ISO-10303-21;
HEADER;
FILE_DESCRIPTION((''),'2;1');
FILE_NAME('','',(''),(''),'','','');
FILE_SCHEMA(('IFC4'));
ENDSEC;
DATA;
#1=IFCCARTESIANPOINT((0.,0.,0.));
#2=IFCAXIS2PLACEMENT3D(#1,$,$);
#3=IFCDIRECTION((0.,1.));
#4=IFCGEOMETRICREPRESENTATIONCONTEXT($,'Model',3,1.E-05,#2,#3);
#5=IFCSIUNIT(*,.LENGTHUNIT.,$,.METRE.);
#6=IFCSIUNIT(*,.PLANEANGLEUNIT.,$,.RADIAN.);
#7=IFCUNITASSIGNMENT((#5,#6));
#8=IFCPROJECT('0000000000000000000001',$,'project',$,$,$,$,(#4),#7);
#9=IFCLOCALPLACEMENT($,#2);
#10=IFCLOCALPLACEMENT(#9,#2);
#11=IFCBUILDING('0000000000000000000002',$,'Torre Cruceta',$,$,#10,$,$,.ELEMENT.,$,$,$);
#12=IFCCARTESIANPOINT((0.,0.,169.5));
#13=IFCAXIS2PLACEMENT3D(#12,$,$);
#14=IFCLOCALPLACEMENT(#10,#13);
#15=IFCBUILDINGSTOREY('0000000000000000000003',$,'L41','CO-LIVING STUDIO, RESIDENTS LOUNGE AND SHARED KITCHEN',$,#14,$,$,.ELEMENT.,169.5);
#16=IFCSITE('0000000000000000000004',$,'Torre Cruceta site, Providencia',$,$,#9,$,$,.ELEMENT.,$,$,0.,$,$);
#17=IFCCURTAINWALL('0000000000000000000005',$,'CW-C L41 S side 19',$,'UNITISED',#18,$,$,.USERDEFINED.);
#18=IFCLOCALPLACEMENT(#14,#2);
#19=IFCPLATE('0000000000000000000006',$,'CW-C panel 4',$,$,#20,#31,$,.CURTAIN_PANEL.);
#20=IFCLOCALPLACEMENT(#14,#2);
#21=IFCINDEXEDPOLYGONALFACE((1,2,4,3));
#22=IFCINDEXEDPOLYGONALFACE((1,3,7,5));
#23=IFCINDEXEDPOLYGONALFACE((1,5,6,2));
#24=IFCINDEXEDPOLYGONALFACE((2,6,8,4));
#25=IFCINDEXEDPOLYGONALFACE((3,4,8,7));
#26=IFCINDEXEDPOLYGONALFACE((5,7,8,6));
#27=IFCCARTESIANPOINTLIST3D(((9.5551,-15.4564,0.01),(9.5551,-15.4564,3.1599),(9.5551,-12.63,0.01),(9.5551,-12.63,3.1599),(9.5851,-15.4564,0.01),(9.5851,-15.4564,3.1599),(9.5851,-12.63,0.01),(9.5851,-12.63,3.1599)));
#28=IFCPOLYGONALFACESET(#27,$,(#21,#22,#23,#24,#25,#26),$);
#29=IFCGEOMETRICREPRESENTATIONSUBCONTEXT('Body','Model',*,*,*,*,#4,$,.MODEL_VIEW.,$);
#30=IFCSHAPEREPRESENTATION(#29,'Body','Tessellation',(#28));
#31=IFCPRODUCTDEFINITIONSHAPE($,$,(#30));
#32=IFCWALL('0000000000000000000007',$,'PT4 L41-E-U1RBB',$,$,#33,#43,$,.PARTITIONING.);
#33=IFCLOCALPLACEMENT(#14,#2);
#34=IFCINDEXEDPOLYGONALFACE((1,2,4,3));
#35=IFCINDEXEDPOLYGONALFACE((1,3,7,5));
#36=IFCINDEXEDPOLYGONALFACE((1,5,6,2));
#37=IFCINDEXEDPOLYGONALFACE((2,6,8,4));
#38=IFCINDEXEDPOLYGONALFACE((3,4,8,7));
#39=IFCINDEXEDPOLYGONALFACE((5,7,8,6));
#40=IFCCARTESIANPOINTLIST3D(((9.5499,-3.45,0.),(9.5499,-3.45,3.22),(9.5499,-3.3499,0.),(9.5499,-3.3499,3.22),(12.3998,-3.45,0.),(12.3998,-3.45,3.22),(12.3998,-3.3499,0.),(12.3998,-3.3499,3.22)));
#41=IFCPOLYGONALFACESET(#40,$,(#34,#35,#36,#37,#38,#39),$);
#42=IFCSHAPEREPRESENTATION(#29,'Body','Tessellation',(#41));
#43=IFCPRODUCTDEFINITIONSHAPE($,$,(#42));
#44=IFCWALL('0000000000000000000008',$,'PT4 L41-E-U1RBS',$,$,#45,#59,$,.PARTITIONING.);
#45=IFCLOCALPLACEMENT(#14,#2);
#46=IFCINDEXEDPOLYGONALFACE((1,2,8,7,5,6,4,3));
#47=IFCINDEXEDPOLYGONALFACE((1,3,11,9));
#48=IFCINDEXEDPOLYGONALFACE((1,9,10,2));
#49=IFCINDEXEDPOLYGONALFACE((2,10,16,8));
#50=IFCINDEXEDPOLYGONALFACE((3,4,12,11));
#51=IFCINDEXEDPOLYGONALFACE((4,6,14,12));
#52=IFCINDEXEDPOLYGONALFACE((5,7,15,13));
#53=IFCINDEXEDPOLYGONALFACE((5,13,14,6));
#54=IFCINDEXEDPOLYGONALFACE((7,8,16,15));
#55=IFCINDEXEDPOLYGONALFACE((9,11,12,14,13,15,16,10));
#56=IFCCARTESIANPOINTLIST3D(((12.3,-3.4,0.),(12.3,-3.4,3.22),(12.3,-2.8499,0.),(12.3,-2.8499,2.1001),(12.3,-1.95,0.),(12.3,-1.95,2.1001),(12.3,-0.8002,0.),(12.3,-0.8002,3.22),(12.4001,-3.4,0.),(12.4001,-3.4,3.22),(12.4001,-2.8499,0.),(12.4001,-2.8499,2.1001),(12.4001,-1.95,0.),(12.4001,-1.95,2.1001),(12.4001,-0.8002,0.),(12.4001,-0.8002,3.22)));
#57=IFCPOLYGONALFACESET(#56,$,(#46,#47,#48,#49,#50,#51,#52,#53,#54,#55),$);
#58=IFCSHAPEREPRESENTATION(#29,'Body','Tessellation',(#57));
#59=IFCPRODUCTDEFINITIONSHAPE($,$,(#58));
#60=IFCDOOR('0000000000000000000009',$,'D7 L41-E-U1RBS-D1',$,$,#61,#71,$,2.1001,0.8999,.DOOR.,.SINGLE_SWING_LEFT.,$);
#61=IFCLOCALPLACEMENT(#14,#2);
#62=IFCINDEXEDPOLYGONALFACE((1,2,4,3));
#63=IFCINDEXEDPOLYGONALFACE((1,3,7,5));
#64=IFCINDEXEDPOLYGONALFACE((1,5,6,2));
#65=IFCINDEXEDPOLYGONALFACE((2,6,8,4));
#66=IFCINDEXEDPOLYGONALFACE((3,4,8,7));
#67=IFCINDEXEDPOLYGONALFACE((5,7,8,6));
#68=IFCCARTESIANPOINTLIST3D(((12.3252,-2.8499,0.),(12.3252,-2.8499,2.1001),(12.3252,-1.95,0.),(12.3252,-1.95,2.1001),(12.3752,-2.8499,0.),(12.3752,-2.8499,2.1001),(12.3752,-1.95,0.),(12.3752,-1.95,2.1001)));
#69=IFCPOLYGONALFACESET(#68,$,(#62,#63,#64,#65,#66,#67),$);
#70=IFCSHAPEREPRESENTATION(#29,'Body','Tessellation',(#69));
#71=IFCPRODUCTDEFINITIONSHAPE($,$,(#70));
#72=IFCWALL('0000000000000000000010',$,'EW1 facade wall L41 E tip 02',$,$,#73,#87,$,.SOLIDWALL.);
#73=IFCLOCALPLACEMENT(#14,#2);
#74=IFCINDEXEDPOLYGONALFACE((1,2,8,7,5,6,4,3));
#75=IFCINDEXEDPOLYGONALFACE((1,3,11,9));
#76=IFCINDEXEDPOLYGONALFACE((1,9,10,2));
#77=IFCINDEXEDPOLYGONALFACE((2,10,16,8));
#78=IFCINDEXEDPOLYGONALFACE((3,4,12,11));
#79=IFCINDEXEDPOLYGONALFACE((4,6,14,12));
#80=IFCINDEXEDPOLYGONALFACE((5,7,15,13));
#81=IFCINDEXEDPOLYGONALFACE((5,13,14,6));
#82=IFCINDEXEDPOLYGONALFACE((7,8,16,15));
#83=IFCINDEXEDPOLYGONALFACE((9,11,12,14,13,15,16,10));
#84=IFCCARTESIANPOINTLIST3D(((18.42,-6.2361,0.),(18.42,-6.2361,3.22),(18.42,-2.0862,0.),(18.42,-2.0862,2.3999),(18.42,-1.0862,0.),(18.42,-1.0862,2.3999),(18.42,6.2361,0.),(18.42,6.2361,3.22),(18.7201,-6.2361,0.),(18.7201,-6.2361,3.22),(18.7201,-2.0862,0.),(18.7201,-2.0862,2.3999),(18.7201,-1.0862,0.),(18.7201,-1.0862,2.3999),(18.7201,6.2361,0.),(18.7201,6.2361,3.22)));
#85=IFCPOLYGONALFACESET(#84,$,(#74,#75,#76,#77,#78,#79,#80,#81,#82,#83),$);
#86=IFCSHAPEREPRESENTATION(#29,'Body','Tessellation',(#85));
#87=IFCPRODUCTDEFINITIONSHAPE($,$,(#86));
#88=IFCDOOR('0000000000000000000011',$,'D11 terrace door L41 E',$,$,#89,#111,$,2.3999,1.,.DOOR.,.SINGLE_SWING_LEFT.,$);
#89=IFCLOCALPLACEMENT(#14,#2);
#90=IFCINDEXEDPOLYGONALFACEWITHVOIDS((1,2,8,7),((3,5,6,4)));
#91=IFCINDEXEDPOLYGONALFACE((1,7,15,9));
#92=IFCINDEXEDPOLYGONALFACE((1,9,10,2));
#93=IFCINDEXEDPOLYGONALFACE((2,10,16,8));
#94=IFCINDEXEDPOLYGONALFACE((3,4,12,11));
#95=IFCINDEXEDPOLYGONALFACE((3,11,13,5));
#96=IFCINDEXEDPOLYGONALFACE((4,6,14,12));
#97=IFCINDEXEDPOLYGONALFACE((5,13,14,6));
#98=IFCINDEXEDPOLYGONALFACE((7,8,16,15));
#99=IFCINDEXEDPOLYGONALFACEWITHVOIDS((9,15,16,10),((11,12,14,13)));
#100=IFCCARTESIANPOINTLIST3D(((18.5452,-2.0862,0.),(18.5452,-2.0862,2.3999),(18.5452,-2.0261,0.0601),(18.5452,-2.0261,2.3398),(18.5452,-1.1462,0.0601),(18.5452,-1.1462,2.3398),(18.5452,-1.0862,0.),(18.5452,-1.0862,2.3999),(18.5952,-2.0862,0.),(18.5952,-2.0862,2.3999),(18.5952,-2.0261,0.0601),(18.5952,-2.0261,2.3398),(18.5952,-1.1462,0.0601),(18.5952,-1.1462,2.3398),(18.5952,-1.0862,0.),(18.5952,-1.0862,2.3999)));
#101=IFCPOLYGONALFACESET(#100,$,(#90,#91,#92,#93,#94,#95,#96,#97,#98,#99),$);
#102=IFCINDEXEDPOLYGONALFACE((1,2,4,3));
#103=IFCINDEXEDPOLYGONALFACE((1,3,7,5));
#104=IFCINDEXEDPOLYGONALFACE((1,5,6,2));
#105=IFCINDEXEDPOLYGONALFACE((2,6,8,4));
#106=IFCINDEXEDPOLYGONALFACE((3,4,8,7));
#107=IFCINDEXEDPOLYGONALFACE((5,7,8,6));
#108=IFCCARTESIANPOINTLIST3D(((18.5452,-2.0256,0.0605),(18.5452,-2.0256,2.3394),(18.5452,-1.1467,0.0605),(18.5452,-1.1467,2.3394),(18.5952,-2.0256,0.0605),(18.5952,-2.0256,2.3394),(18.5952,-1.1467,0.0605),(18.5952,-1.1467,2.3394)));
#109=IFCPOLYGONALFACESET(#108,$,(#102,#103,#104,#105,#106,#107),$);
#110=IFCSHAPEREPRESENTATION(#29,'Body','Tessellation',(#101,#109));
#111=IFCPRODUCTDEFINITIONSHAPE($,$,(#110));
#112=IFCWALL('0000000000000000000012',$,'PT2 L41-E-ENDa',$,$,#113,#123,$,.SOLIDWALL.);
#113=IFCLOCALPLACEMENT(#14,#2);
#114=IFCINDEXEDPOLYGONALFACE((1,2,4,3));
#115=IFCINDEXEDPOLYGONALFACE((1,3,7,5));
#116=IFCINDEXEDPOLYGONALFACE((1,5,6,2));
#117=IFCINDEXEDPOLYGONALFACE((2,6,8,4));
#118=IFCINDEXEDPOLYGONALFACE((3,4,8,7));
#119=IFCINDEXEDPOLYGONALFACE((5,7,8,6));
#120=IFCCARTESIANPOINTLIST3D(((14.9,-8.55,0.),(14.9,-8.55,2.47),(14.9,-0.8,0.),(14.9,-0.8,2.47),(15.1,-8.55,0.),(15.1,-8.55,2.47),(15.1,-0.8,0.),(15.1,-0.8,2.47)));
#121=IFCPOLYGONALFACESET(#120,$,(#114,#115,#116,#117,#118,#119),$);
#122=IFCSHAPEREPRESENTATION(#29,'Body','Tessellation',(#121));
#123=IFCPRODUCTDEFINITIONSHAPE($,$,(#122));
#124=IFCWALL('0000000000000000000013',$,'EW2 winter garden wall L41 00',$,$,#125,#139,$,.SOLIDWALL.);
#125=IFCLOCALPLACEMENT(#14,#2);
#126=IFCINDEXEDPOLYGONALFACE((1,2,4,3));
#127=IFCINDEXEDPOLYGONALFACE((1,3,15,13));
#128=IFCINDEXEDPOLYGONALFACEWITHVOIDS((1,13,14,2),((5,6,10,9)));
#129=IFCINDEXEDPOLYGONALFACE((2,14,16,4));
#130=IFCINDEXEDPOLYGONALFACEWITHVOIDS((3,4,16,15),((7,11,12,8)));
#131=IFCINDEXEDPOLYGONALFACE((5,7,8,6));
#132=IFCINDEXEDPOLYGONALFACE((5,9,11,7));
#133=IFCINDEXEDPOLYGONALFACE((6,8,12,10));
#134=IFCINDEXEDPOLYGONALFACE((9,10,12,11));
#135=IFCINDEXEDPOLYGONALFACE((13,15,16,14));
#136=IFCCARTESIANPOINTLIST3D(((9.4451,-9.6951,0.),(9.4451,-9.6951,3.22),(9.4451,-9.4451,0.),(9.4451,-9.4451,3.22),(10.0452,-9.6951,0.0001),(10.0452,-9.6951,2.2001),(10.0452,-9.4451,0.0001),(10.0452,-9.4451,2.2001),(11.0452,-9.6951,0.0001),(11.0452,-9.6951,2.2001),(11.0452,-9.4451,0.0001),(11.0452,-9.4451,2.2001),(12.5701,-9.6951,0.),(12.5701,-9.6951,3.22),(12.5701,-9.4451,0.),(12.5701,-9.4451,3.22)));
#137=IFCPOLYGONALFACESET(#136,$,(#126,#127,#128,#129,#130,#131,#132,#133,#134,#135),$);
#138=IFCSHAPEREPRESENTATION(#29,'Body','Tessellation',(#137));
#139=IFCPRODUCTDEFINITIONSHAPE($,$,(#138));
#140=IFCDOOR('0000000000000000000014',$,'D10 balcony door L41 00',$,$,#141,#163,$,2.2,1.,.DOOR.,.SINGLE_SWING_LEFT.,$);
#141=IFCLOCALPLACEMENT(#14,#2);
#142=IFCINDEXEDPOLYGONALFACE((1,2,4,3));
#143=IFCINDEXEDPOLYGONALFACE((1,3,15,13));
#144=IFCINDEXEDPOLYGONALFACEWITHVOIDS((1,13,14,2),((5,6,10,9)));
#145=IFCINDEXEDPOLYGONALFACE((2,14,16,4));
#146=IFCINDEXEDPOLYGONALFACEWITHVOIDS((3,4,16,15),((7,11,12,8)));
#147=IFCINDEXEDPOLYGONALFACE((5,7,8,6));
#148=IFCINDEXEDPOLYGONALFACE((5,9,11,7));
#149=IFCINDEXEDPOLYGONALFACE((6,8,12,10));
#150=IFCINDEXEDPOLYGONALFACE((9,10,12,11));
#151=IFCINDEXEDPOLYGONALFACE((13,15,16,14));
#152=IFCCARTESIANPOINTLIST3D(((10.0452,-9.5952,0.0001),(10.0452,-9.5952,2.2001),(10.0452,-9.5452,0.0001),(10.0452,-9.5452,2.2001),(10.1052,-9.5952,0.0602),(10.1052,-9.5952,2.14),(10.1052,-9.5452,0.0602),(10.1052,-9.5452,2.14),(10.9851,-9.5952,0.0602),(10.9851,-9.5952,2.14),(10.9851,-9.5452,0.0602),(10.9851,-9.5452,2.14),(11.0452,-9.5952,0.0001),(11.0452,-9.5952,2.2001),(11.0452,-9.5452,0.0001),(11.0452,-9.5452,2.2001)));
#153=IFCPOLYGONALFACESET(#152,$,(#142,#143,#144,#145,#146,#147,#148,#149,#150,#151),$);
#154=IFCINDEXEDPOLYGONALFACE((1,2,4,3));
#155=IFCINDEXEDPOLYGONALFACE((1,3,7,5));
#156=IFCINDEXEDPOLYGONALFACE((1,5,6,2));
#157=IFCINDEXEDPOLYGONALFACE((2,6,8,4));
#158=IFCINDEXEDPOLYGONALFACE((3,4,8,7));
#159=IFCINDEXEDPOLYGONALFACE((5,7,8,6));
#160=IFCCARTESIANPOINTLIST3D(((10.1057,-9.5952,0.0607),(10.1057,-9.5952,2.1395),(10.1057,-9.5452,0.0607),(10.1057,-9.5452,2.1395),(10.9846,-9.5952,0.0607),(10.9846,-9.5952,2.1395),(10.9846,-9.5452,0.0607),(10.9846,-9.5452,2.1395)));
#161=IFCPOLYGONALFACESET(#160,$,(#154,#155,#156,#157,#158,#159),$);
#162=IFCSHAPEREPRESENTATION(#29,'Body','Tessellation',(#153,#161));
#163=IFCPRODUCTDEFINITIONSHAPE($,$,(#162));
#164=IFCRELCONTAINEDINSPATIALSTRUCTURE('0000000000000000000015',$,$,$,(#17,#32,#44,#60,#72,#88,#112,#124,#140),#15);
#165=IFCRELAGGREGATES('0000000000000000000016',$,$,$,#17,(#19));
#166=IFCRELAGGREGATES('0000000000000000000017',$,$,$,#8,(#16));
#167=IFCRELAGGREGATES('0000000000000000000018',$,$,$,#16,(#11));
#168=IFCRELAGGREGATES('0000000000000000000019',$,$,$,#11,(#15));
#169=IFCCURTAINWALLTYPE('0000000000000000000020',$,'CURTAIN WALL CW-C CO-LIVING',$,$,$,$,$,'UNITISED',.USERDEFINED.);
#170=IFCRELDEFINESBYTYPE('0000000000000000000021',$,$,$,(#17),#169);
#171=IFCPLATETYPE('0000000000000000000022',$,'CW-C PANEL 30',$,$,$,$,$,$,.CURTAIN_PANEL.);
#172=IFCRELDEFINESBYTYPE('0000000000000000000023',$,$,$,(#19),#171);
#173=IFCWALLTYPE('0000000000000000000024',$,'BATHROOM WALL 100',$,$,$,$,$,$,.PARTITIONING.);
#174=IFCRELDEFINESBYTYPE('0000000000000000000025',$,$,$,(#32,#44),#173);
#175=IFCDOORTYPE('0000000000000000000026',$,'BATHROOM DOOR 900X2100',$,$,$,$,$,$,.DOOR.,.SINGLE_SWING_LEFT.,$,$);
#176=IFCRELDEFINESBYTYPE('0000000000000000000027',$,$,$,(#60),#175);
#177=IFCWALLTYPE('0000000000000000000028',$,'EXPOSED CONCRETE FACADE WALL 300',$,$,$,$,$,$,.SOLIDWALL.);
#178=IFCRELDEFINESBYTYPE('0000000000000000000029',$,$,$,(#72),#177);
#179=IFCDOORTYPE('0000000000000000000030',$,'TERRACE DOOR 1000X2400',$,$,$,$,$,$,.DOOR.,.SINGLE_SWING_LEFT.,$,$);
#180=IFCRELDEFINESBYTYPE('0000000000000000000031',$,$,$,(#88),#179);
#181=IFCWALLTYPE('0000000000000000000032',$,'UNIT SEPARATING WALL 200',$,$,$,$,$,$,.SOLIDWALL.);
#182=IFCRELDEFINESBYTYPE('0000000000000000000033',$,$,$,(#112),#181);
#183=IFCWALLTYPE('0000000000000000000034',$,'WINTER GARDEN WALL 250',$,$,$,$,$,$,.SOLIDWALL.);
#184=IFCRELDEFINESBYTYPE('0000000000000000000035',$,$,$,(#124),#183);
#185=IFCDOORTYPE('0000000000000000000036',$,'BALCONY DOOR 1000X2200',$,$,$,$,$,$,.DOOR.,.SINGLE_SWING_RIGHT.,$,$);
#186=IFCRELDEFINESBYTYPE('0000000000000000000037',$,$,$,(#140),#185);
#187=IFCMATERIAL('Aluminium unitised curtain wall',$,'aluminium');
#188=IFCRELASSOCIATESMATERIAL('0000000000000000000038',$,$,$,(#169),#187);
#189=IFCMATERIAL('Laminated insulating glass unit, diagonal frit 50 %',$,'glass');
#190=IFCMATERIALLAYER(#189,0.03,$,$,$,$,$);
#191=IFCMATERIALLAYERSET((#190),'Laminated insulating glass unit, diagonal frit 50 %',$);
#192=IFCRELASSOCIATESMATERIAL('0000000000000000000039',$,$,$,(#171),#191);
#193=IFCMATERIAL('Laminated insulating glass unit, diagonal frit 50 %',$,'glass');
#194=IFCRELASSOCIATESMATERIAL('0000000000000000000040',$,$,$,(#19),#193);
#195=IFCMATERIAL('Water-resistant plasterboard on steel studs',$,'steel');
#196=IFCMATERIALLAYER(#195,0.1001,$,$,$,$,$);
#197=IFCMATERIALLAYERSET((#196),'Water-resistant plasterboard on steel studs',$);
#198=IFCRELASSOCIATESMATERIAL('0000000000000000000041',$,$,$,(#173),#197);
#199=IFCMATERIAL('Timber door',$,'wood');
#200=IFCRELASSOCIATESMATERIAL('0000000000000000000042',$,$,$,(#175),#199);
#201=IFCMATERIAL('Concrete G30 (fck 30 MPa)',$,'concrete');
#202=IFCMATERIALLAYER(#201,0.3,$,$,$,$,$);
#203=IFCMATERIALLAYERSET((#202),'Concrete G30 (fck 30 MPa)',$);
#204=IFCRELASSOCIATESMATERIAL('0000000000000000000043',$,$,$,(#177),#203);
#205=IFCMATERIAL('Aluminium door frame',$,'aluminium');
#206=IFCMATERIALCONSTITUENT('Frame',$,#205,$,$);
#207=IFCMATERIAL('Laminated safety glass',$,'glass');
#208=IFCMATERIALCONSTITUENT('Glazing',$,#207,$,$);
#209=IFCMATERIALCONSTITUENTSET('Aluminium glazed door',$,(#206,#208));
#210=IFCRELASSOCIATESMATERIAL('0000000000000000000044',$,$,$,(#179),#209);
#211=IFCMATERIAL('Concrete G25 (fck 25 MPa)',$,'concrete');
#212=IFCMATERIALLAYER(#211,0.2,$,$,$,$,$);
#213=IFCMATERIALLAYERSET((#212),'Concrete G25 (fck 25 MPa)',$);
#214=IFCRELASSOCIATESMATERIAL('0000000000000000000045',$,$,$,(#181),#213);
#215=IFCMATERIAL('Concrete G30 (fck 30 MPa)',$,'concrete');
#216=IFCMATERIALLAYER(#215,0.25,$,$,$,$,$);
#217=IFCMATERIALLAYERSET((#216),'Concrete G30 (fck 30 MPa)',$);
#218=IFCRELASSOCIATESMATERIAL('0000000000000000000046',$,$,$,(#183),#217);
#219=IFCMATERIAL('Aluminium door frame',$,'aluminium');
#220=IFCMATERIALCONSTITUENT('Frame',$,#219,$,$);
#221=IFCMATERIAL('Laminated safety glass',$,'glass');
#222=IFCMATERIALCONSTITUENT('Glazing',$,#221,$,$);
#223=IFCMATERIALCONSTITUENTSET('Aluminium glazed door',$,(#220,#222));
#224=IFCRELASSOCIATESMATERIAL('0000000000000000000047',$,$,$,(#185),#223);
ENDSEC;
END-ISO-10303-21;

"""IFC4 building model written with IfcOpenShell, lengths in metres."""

from ifc_helpers import new_model, si_unit, direction, frame, frame_2d, origin, origin_2d, place, context, subcontext, project, spatial, rectangle, hollow_rectangle, extrude, material, layer, layer_set, constituent, constituent_set, type_object, element, fill, aggregate, save


model = new_model("IFC4")

# Units and contexts
model_context = context("Model", 3, precision=1e-05, world=origin(), true_north=direction((0.0, 1.0)))
body_context = subcontext(model_context, "Body", "Model", "MODEL_VIEW")
ifc_project = project(units=[si_unit("LENGTHUNIT", "METRE"), si_unit("PLANEANGLEUNIT", "RADIAN")], contexts=[model_context])

# Site, building, storey
site_placement = place(None, origin())
site = spatial("IfcSite", under=ifc_project, at=site_placement, Name="Torre Cruceta site, Providencia", CompositionType="ELEMENT", RefElevation=0.0)
building_placement = place(site_placement, origin())
building = spatial("IfcBuilding", under=site, at=building_placement, Name="Torre Cruceta", CompositionType="ELEMENT")
storey_placement = place(building_placement, frame((0.0, 0.0, 169.5)))
storey = spatial("IfcBuildingStorey", under=building, at=storey_placement, Name="L41", Description="CO-LIVING STUDIO, RESIDENTS LOUNGE AND SHARED KITCHEN", CompositionType="ELEMENT", Elevation=169.5)

# Shared definitions
ifc_material_1 = material(Name="Aluminium unitised curtain wall", Category="aluminium")
curtain_wall_type = type_object("IfcCurtainWallType", Name="CURTAIN WALL CW-C CO-LIVING", ElementType="UNITISED", PredefinedType="USERDEFINED", material=ifc_material_1)

# Curtain wall
curtain_wall_1_placement = place(storey_placement, origin())
curtain_wall_1 = element("IfcCurtainWall", 1, at=curtain_wall_1_placement, inside=storey, type_object=curtain_wall_type, Name="CW-C L41 S side 19", ObjectType="UNITISED", PredefinedType="USERDEFINED")

# Plate
ifc_material_2 = material(Name="Laminated insulating glass unit, diagonal frit 50 %", Category="glass")
ifc_material_3 = material(Name="Laminated insulating glass unit, diagonal frit 50 %", Category="glass")
ifc_layer_1 = layer(ifc_material_3, 0.03)
ifc_layer_set_1 = layer_set([ifc_layer_1], Name="Laminated insulating glass unit, diagonal frit 50 %")
plate_type = type_object("IfcPlateType", Name="CW-C PANEL 30", PredefinedType="CURTAIN_PANEL", material=ifc_layer_set_1)
plate_1_placement = place(storey_placement, frame((9.5701, -14.0432, 0.01), z_axis=(0.0, 0.0, 1.0), x_axis=(0.0, 1.0, 0.0)))
plate_1 = element("IfcPlate", 2, at=plate_1_placement, type_object=plate_type, material=ifc_material_2, Name="CW-C panel 4", PredefinedType="CURTAIN_PANEL", context=body_context, shape_type="SweptSolid", body=[
    extrude(rectangle(XDim=2.8264, YDim=0.03, at=origin_2d()), origin(), (0.0, 0.0, 1.0), 3.1499),
])
aggregate(curtain_wall_1, [plate_1])

# Wall
ifc_material_4 = material(Name="Water-resistant plasterboard on steel studs", Category="steel")
ifc_layer_2 = layer(ifc_material_4, 0.1001)
ifc_layer_set_2 = layer_set([ifc_layer_2], Name="Water-resistant plasterboard on steel studs")
wall_type_1 = type_object("IfcWallType", Name="BATHROOM WALL 100", PredefinedType="PARTITIONING", material=ifc_layer_set_2)
wall_1_placement = place(storey_placement, frame((9.55, -3.3999, 0.0), z_axis=(0.0, 0.0, 1.0), x_axis=(1.0, 0.0, 0.0)))
element("IfcWall", 3, at=wall_1_placement, inside=storey, type_object=wall_type_1, Name="PT4 L41-E-U1RBB", PredefinedType="PARTITIONING", context=body_context, shape_type="SweptSolid", body=[
    extrude(rectangle(XDim=2.8499, YDim=0.1001, at=frame_2d((1.4248, 0.0))), origin(), (0.0, 0.0, 1.0), 3.22),
])

# Walls, openings, doors
wall_2_placement = place(storey_placement, frame((12.3501, -3.3999, 0.0), z_axis=(0.0, 0.0, 1.0), x_axis=(0.0, 1.0, 0.0)))
wall_2 = element("IfcWall", 4, at=wall_2_placement, inside=storey, type_object=wall_type_1, Name="PT4 L41-E-U1RBS", PredefinedType="PARTITIONING", context=body_context, shape_type="SweptSolid", body=[
    extrude(rectangle(XDim=2.5999, YDim=0.1001, at=frame_2d((1.2998, 0.0))), origin(), (0.0, 0.0, 1.0), 3.22),
])
opening_1_placement = place(wall_2_placement, frame((0.55, 0.0, 0.0)))
opening_1 = element("IfcOpeningElement", 5, at=opening_1_placement, cuts=wall_2, PredefinedType="OPENING", context=body_context, shape_type="SweptSolid", body=[
    extrude(rectangle(XDim=0.8999, YDim=2.1001, at=frame_2d((0.45, 1.05))), frame((0.0, 0.0601, 0.0), z_axis=(0.0, -1.0, 0.0), x_axis=(1.0, 0.0, 0.0)), (0.0, 0.0, 1.0), 0.1201),
])
ifc_material_5 = material(Name="Timber door", Category="wood")
door_type_1 = type_object("IfcDoorType", Name="BATHROOM DOOR 900X2100", OperationType="SINGLE_SWING_LEFT", PredefinedType="DOOR", material=ifc_material_5)
door_1_placement = place(opening_1_placement, origin())
door_1 = element("IfcDoor", 6, at=door_1_placement, inside=storey, type_object=door_type_1, Name="D7 L41-E-U1RBS-D1", OperationType="SINGLE_SWING_LEFT", OverallHeight=2.1001, OverallWidth=0.8999, PredefinedType="DOOR", context=body_context, shape_type="SweptSolid", body=[
    extrude(rectangle(XDim=0.8999, YDim=2.1001, at=frame_2d((0.45, 1.05))), frame((0.0, 0.0249, 0.0), z_axis=(0.0, -1.0, 0.0), x_axis=(1.0, 0.0, 0.0)), (0.0, 0.0, 1.0), 0.05),
])
fill(opening_1, door_1)
ifc_material_6 = material(Name="Concrete G30 (fck 30 MPa)", Category="concrete")
ifc_layer_3 = layer(ifc_material_6, 0.3)
ifc_layer_set_3 = layer_set([ifc_layer_3], Name="Concrete G30 (fck 30 MPa)")
wall_type_2 = type_object("IfcWallType", Name="EXPOSED CONCRETE FACADE WALL 300", PredefinedType="SOLIDWALL", material=ifc_layer_set_3)
ifc_material_7 = material(Name="Aluminium door frame", Category="aluminium")
ifc_constituent_1 = constituent(ifc_material_7, Name="Frame")
ifc_material_8 = material(Name="Laminated safety glass", Category="glass")
ifc_constituent_2 = constituent(ifc_material_8, Name="Glazing")
ifc_constituent_set_1 = constituent_set(constituents=[ifc_constituent_1, ifc_constituent_2], Name="Aluminium glazed door")
door_type_2 = type_object("IfcDoorType", Name="TERRACE DOOR 1000X2400", OperationType="SINGLE_SWING_LEFT", PredefinedType="DOOR", material=ifc_constituent_set_1)
wall_3_placement = place(storey_placement, frame((18.5701, -6.2361, 0.0), z_axis=(0.0, 0.0, 1.0), x_axis=(0.0, 1.0, 0.0)))
wall_3 = element("IfcWall", 7, at=wall_3_placement, inside=storey, type_object=wall_type_2, Name="EW1 facade wall L41 E tip 02", PredefinedType="SOLIDWALL", context=body_context, shape_type="SweptSolid", body=[
    extrude(rectangle(XDim=12.4722, YDim=0.3, at=frame_2d((6.2361, 0.0))), origin(), (0.0, 0.0, 1.0), 3.22),
])
opening_2_placement = place(wall_3_placement, frame((4.1499, 0.0, 0.0)))
opening_2 = element("IfcOpeningElement", 8, at=opening_2_placement, cuts=wall_3, PredefinedType="OPENING", context=body_context, shape_type="SweptSolid", body=[
    extrude(rectangle(XDim=1.0, YDim=2.3999, at=frame_2d((0.5, 1.2))), frame((0.0, 0.1599, 0.0), z_axis=(0.0, -1.0, 0.0), x_axis=(1.0, 0.0, 0.0)), (0.0, 0.0, 1.0), 0.3201),
])
door_2_placement = place(opening_2_placement, origin())
door_2 = element("IfcDoor", 9, at=door_2_placement, inside=storey, type_object=door_type_2, Name="D11 terrace door L41 E", OperationType="SINGLE_SWING_LEFT", OverallHeight=2.3999, OverallWidth=1.0, PredefinedType="DOOR", context=body_context, shape_type="SweptSolid", body=[
    extrude(hollow_rectangle(XDim=1.0, YDim=2.3999, WallThickness=0.0601, at=frame_2d((0.5, 1.2))), frame((0.0, 0.0249, 0.0), z_axis=(0.0, -1.0, 0.0), x_axis=(1.0, 0.0, 0.0)), (0.0, 0.0, 1.0), 0.05),
    extrude(rectangle(XDim=0.8789, YDim=2.2788, at=frame_2d((0.5, 1.2))), frame((0.0, 0.0249, 0.0), z_axis=(0.0, -1.0, 0.0), x_axis=(1.0, 0.0, 0.0)), (0.0, 0.0, 1.0), 0.05),
])
fill(opening_2, door_2)

# Wall
ifc_material_9 = material(Name="Concrete G25 (fck 25 MPa)", Category="concrete")
ifc_layer_4 = layer(ifc_material_9, 0.2)
ifc_layer_set_4 = layer_set([ifc_layer_4], Name="Concrete G25 (fck 25 MPa)")
wall_type_3 = type_object("IfcWallType", Name="UNIT SEPARATING WALL 200", PredefinedType="SOLIDWALL", material=ifc_layer_set_4)
wall_4_placement = place(storey_placement, frame((15.0, -8.55, 0.0), z_axis=(0.0, 0.0, 1.0), x_axis=(0.0, 1.0, 0.0)))
element("IfcWall", 10, at=wall_4_placement, inside=storey, type_object=wall_type_3, Name="PT2 L41-E-ENDa", PredefinedType="SOLIDWALL", context=body_context, shape_type="SweptSolid", body=[
    extrude(rectangle(XDim=7.75, YDim=0.2, at=frame_2d((3.875, 0.0))), origin(), (0.0, 0.0, 1.0), 2.47),
])

# Wall, opening, door
ifc_material_10 = material(Name="Concrete G30 (fck 30 MPa)", Category="concrete")
ifc_layer_5 = layer(ifc_material_10, 0.25)
ifc_layer_set_5 = layer_set([ifc_layer_5], Name="Concrete G30 (fck 30 MPa)")
wall_type_4 = type_object("IfcWallType", Name="WINTER GARDEN WALL 250", PredefinedType="SOLIDWALL", material=ifc_layer_set_5)
wall_5_placement = place(storey_placement, frame((9.4451, -9.5701, 0.0), z_axis=(0.0, 0.0, 1.0), x_axis=(1.0, 0.0, 0.0)))
wall_5 = element("IfcWall", 11, at=wall_5_placement, inside=storey, type_object=wall_type_4, Name="EW2 winter garden wall L41 00", PredefinedType="SOLIDWALL", context=body_context, shape_type="SweptSolid", body=[
    extrude(rectangle(XDim=3.125, YDim=0.25, at=frame_2d((1.5625, 0.0))), origin(), (0.0, 0.0, 1.0), 3.22),
])
opening_3_placement = place(wall_5_placement, frame((0.6001, 0.0, 0.0)))
opening_3 = element("IfcOpeningElement", 12, at=opening_3_placement, cuts=wall_5, PredefinedType="OPENING", context=body_context, shape_type="SweptSolid", body=[
    extrude(rectangle(XDim=1.0, YDim=2.2, at=frame_2d((0.5, 1.1001))), frame((0.0, 0.135, 0.0), z_axis=(0.0, -1.0, 0.0), x_axis=(1.0, 0.0, 0.0)), (0.0, 0.0, 1.0), 0.27),
])
ifc_material_11 = material(Name="Aluminium door frame", Category="aluminium")
ifc_constituent_3 = constituent(ifc_material_11, Name="Frame")
ifc_material_12 = material(Name="Laminated safety glass", Category="glass")
ifc_constituent_4 = constituent(ifc_material_12, Name="Glazing")
ifc_constituent_set_2 = constituent_set(constituents=[ifc_constituent_3, ifc_constituent_4], Name="Aluminium glazed door")
door_type_3 = type_object("IfcDoorType", Name="BALCONY DOOR 1000X2200", OperationType="SINGLE_SWING_RIGHT", PredefinedType="DOOR", material=ifc_constituent_set_2)
door_3_placement = place(opening_3_placement, origin())
door_3 = element("IfcDoor", 13, at=door_3_placement, inside=storey, type_object=door_type_3, Name="D10 balcony door L41 00", OperationType="SINGLE_SWING_LEFT", OverallHeight=2.2, OverallWidth=1.0, PredefinedType="DOOR", context=body_context, shape_type="SweptSolid", body=[
    extrude(hollow_rectangle(XDim=1.0, YDim=2.2, WallThickness=0.0601, at=frame_2d((0.5, 1.1001))), frame((0.0, 0.0249, 0.0), z_axis=(0.0, -1.0, 0.0), x_axis=(1.0, 0.0, 0.0)), (0.0, 0.0, 1.0), 0.05),
    extrude(rectangle(XDim=0.8789, YDim=2.0789, at=frame_2d((0.5, 1.1001))), frame((0.0, 0.0249, 0.0), z_axis=(0.0, -1.0, 0.0), x_axis=(1.0, 0.0, 0.0)), (0.0, 0.0, 1.0), 0.05),
])
fill(opening_3, door_3)

save(model, "model.ifc")
